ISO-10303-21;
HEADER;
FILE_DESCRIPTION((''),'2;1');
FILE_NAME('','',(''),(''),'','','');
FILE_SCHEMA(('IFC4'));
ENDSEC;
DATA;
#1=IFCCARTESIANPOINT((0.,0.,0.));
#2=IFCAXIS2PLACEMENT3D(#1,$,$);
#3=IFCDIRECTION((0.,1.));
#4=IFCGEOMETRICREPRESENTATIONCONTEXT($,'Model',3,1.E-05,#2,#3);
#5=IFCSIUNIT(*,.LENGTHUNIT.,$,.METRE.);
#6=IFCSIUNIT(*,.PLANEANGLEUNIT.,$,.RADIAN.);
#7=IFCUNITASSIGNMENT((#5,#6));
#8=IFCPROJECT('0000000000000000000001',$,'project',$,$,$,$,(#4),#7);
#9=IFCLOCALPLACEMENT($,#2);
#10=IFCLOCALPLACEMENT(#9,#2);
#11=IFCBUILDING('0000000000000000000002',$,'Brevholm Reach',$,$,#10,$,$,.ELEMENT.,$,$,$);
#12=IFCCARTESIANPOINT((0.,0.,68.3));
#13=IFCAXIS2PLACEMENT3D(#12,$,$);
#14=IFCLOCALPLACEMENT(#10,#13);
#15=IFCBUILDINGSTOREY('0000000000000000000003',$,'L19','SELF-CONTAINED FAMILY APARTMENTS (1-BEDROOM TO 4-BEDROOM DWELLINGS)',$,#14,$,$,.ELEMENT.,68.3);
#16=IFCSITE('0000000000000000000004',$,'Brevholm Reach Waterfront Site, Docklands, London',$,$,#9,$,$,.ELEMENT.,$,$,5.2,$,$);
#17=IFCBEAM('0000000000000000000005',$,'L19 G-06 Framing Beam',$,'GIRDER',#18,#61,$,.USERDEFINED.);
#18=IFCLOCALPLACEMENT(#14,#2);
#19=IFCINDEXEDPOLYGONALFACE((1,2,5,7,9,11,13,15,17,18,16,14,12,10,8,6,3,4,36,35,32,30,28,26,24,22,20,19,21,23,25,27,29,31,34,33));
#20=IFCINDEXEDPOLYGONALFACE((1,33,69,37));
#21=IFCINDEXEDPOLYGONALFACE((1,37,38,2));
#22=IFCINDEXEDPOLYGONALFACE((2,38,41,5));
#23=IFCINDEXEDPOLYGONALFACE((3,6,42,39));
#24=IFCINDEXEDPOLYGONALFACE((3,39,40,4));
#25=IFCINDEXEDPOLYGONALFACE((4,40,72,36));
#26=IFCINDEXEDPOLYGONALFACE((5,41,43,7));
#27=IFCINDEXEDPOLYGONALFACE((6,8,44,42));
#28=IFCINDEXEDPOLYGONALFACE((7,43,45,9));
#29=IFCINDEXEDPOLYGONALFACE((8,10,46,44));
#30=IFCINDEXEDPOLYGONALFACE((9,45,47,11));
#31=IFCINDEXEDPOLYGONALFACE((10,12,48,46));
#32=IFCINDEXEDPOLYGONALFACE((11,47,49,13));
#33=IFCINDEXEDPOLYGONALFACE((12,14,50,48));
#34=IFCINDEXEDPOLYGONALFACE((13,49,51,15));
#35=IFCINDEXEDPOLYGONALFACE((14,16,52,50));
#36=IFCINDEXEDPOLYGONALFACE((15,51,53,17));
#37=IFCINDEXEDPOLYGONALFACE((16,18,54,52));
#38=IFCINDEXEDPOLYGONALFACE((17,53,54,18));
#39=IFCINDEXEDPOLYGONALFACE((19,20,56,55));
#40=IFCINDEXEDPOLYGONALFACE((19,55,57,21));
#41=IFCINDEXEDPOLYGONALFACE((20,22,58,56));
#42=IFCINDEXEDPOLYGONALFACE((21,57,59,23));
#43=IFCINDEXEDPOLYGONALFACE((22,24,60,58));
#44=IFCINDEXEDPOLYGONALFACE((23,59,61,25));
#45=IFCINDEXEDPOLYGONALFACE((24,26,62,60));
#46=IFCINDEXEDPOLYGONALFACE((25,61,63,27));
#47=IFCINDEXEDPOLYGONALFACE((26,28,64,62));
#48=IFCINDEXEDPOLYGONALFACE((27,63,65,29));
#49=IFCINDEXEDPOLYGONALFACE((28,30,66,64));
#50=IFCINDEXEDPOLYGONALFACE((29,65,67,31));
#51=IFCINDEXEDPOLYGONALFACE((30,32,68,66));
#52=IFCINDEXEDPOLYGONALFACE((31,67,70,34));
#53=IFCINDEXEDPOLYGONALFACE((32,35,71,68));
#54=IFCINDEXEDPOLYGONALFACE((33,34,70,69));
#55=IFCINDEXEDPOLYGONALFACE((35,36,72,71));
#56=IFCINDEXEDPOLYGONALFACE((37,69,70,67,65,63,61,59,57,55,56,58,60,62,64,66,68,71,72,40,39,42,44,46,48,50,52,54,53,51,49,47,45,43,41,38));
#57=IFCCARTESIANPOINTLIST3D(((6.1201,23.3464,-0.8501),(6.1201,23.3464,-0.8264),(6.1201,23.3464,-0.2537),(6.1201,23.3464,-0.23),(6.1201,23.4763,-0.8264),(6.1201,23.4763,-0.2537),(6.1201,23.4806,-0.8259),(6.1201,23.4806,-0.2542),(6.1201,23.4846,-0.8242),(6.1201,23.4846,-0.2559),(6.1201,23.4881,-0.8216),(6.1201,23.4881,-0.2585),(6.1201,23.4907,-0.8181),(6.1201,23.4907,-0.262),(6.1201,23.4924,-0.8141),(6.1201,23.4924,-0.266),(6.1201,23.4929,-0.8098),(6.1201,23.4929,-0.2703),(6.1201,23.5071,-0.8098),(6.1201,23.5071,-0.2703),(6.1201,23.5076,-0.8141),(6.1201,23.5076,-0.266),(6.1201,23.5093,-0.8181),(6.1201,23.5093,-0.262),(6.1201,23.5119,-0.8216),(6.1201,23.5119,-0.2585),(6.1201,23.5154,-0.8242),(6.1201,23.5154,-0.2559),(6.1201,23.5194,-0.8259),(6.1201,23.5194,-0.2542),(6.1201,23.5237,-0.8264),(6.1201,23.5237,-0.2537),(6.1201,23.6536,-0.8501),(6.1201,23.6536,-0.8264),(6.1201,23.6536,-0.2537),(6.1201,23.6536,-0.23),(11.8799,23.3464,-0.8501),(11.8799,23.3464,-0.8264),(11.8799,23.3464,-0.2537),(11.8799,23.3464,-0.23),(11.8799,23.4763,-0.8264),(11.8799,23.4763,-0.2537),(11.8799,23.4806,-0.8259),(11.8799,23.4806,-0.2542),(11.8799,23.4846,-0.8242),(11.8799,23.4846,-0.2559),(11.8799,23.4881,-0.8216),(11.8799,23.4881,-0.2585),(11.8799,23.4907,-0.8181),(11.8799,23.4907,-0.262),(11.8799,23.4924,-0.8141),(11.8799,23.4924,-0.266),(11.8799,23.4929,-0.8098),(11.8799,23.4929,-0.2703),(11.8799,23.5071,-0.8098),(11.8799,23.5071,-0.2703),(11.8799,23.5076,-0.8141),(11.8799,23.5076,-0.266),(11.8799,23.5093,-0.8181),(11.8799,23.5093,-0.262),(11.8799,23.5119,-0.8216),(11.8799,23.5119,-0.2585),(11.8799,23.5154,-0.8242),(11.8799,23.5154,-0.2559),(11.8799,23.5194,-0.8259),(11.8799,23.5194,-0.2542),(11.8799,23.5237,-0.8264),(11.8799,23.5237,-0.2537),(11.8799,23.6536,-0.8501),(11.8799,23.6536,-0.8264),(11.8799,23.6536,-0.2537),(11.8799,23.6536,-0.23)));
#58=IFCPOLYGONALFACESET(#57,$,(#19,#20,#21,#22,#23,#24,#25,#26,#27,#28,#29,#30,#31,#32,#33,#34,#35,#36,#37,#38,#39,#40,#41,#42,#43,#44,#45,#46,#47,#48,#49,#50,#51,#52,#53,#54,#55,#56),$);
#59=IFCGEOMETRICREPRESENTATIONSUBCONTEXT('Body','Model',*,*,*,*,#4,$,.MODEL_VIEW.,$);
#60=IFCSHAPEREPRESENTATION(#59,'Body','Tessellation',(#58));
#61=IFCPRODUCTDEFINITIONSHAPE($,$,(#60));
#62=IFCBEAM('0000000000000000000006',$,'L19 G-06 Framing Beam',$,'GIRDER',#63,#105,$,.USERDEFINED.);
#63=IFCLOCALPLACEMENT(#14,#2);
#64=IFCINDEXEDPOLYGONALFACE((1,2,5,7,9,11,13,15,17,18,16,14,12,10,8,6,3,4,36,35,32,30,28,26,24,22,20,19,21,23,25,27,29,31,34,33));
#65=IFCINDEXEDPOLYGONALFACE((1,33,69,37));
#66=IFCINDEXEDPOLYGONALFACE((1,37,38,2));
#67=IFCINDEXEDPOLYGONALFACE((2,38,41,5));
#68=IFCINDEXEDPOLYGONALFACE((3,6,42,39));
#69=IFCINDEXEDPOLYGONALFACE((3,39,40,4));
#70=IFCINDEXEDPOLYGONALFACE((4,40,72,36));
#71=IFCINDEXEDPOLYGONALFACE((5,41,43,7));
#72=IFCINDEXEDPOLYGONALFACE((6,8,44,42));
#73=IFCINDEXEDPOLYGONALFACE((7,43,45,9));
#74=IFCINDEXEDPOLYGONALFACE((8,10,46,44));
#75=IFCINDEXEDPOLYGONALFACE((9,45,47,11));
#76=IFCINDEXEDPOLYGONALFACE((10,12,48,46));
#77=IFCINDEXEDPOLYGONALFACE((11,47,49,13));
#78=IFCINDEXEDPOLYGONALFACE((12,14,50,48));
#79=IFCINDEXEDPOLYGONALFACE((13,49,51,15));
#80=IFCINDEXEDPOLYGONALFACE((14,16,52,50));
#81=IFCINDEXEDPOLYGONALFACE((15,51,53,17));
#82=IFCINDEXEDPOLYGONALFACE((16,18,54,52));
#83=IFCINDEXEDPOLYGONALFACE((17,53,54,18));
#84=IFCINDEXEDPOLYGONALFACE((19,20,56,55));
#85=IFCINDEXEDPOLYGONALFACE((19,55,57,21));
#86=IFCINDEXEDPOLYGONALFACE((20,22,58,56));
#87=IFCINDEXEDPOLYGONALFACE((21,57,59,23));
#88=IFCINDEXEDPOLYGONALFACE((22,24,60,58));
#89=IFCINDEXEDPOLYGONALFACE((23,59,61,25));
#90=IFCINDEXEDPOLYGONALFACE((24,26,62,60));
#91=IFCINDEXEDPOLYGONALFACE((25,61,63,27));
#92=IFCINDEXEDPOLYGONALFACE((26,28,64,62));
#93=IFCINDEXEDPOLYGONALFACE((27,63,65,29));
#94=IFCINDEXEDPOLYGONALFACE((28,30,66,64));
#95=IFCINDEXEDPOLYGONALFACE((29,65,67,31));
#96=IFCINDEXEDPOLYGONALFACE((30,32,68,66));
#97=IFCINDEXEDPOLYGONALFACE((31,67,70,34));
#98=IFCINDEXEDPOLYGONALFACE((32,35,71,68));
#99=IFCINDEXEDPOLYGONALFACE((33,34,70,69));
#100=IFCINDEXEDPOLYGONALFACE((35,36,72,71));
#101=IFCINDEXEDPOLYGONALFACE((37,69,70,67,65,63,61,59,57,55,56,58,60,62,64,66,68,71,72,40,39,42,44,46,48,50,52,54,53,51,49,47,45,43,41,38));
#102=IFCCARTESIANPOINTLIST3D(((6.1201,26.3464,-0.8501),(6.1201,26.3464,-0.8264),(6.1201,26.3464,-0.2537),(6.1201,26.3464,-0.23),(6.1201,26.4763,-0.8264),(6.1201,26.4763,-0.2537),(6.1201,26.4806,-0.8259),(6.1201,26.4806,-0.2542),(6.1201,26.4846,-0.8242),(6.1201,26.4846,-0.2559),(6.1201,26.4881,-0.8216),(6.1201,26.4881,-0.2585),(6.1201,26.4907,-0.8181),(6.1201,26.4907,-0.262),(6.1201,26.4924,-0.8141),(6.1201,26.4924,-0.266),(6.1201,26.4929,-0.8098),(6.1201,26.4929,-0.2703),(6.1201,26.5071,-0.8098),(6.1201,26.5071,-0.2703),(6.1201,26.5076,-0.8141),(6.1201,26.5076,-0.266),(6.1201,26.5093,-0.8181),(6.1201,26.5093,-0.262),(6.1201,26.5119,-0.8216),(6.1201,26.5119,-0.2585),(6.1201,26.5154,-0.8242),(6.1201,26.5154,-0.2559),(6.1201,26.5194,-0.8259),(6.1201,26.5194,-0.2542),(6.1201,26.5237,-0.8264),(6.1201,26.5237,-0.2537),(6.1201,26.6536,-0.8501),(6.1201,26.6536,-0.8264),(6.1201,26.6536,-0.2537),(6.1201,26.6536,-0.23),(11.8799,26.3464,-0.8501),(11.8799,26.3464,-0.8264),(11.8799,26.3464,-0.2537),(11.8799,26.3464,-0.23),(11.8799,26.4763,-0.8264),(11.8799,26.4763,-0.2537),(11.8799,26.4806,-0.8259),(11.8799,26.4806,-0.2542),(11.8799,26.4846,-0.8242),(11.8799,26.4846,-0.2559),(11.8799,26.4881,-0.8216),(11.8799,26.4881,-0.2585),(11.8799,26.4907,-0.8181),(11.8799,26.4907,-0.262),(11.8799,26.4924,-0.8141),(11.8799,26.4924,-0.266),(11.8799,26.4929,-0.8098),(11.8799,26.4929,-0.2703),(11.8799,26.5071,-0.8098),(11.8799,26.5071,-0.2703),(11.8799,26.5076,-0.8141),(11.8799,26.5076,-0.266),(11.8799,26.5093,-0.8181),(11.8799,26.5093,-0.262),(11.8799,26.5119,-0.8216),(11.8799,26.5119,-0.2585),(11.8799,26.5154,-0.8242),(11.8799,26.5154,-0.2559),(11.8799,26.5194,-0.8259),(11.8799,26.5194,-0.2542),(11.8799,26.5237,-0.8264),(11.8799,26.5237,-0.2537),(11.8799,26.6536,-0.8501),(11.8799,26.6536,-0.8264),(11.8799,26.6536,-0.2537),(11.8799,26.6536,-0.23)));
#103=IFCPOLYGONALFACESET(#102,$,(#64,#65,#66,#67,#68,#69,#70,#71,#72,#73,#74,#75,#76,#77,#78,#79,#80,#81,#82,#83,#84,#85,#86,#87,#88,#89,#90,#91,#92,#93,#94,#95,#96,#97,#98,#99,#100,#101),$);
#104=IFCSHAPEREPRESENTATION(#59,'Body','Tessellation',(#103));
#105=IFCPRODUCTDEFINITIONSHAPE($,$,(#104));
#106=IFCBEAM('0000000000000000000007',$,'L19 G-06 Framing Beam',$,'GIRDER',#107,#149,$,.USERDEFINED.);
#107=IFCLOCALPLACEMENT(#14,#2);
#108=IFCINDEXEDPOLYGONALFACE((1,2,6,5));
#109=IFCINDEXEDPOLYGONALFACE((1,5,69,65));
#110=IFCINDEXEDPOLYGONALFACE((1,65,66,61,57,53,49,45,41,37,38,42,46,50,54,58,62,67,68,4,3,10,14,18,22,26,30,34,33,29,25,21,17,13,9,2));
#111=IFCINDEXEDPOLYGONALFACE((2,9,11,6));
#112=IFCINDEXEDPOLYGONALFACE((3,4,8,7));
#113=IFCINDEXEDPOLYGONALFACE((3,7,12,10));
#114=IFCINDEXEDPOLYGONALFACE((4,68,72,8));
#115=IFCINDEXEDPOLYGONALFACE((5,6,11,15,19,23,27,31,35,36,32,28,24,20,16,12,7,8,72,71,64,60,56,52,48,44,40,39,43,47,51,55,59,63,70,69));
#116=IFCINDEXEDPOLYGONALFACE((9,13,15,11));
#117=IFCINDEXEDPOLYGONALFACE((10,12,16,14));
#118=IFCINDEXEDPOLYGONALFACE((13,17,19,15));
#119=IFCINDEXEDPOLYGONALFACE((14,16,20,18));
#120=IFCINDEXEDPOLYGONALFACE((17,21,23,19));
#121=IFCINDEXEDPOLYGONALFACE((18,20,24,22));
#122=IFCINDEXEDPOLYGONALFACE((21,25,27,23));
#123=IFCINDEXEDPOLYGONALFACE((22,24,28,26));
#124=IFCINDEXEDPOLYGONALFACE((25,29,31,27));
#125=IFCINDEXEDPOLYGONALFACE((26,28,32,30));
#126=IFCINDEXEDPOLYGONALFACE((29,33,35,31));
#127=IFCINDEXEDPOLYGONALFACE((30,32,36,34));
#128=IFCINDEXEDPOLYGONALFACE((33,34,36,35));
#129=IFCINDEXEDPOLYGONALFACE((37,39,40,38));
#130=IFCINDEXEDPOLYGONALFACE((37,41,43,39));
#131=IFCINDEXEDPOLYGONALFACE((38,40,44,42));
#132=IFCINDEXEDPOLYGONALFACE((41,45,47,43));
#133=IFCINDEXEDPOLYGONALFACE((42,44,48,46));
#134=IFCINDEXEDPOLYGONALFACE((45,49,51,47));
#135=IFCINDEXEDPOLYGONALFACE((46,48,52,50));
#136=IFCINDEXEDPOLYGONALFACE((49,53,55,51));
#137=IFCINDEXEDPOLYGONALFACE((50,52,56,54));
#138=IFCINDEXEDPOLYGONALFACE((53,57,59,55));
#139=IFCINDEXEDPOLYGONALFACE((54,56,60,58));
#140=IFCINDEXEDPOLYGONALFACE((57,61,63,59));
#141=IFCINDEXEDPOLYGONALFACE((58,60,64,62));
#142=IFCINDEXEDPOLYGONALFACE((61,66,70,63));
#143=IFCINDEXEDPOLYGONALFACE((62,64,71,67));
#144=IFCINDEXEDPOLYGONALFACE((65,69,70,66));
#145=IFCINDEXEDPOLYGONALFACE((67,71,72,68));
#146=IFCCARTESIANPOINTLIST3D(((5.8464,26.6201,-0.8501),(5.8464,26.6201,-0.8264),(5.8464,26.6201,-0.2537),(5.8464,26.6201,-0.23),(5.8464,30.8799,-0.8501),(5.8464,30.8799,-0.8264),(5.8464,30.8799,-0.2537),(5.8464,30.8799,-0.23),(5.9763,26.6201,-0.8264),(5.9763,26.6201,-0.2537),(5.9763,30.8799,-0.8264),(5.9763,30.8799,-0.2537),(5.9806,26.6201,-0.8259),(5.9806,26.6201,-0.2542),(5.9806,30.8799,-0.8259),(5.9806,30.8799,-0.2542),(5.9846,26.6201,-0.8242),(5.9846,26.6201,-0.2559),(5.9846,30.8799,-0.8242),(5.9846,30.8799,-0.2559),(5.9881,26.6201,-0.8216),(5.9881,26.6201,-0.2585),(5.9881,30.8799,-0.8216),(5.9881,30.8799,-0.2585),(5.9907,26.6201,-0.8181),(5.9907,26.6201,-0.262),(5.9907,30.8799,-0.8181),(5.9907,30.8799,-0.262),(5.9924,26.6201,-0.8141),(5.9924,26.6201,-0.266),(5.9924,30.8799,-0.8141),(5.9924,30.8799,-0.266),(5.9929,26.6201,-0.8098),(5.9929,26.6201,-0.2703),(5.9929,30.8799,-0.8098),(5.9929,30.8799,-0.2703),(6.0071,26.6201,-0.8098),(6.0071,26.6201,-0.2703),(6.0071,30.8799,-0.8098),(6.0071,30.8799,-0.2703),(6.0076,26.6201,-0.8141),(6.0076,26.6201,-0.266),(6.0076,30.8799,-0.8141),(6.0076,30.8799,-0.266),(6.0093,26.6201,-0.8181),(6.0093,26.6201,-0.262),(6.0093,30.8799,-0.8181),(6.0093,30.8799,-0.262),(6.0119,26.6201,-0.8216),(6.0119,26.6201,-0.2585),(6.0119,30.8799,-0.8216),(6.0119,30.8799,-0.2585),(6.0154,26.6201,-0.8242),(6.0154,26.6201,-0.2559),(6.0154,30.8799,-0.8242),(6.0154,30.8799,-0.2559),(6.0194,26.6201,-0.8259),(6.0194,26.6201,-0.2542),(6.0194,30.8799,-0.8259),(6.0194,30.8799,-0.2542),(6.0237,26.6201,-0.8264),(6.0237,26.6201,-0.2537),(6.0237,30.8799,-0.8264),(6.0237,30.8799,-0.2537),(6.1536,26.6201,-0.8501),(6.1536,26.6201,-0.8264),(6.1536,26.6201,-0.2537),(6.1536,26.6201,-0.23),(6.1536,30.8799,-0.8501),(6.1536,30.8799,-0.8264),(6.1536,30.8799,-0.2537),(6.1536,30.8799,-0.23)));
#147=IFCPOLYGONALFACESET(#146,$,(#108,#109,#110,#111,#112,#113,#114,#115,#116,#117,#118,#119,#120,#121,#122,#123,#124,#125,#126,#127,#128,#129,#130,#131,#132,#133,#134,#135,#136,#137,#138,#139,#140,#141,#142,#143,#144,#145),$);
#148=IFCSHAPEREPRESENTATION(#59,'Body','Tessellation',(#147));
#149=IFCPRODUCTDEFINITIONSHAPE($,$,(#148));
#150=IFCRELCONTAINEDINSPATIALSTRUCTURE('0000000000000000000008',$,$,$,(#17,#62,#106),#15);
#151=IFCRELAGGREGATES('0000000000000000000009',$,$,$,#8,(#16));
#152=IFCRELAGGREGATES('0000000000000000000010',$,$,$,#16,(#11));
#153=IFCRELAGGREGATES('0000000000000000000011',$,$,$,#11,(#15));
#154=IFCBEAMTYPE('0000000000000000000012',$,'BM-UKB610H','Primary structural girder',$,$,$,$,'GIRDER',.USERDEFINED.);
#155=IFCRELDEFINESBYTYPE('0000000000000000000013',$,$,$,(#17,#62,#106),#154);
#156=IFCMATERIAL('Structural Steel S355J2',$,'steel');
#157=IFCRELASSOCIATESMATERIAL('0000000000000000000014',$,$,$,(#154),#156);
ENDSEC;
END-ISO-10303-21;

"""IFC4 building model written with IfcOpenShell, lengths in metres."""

from ifc_helpers import new_model, si_unit, direction, frame, origin, origin_2d, place, context, subcontext, project, spatial, i_section, extrude, material, material_profile, profile_set, type_object, element, save


model = new_model("IFC4")

# Units and contexts
model_context = context("Model", 3, precision=1e-05, world=origin(), true_north=direction((0.0, 1.0)))
body_context = subcontext(model_context, "Body", "Model", "MODEL_VIEW")
ifc_project = project(units=[si_unit("LENGTHUNIT", "METRE"), si_unit("PLANEANGLEUNIT", "RADIAN")], contexts=[model_context])

# Site, building, storey
site_placement = place(None, origin())
site = spatial("IfcSite", under=ifc_project, at=site_placement, Name="Brevholm Reach Waterfront Site, Docklands, London", CompositionType="ELEMENT", RefElevation=5.2)
building_placement = place(site_placement, origin())
building = spatial("IfcBuilding", under=site, at=building_placement, Name="Brevholm Reach", CompositionType="ELEMENT")
storey_placement = place(building_placement, frame((0.0, 0.0, 68.3)))
storey = spatial("IfcBuildingStorey", under=building, at=storey_placement, Name="L19", Description="SELF-CONTAINED FAMILY APARTMENTS (1-BEDROOM TO 4-BEDROOM DWELLINGS)", CompositionType="ELEMENT", Elevation=68.3)

# Beams
ifc_material_1 = material(Name="Structural Steel S355J2", Category="steel")
ifc_material_profile_1 = material_profile(ifc_material_1, i_section(OverallWidth=0.3071, OverallDepth=0.6201, WebThickness=0.0142, FlangeThickness=0.0237, FilletRadius=0.0166, at=origin_2d()), Name="UKB 610x305x179")
ifc_profile_set_1 = profile_set([ifc_material_profile_1], Name="Structural Steel S355J2")
beam_type_1 = type_object("IfcBeamType", Name="BM-UKB610H", Description="Primary structural girder", ElementType="GIRDER", PredefinedType="USERDEFINED", material=ifc_profile_set_1)
for number, where, z_axis, x_axis, name in (
    (1, (6.1201, 23.5, -0.54), (1.0, 0.0, 0.0), (0.0, 1.0, 0.0), "L19 G-06 Framing Beam"),
    (2, (6.1201, 26.5, -0.54), (1.0, 0.0, 0.0), (0.0, 1.0, 0.0), "L19 G-06 Framing Beam"),
):
    element("IfcBeam", number, at=place(storey_placement, frame(where, z_axis=z_axis, x_axis=x_axis)), inside=storey, type_object=beam_type_1, Name=name, ObjectType="GIRDER", PredefinedType="USERDEFINED", context=body_context, shape_type="SweptSolid", body=[
        extrude(i_section(OverallWidth=0.3071, OverallDepth=0.6201, WebThickness=0.0142, FlangeThickness=0.0237, FilletRadius=0.0166, at=origin_2d()), origin(), (0.0, 0.0, 1.0), 5.7598),
    ])
beam_1_placement = place(storey_placement, frame((6.0, 26.6201, -0.54), z_axis=(0.0, 1.0, 0.0), x_axis=(-1.0, 0.0, 0.0)))
element("IfcBeam", 3, at=beam_1_placement, inside=storey, type_object=beam_type_1, Name="L19 G-06 Framing Beam", ObjectType="GIRDER", PredefinedType="USERDEFINED", context=body_context, shape_type="SweptSolid", body=[
    extrude(i_section(OverallWidth=0.3071, OverallDepth=0.6201, WebThickness=0.0142, FlangeThickness=0.0237, FilletRadius=0.0166, at=origin_2d()), origin(), (0.0, 0.0, 1.0), 4.2598),
])

save(model, "model.ifc")
